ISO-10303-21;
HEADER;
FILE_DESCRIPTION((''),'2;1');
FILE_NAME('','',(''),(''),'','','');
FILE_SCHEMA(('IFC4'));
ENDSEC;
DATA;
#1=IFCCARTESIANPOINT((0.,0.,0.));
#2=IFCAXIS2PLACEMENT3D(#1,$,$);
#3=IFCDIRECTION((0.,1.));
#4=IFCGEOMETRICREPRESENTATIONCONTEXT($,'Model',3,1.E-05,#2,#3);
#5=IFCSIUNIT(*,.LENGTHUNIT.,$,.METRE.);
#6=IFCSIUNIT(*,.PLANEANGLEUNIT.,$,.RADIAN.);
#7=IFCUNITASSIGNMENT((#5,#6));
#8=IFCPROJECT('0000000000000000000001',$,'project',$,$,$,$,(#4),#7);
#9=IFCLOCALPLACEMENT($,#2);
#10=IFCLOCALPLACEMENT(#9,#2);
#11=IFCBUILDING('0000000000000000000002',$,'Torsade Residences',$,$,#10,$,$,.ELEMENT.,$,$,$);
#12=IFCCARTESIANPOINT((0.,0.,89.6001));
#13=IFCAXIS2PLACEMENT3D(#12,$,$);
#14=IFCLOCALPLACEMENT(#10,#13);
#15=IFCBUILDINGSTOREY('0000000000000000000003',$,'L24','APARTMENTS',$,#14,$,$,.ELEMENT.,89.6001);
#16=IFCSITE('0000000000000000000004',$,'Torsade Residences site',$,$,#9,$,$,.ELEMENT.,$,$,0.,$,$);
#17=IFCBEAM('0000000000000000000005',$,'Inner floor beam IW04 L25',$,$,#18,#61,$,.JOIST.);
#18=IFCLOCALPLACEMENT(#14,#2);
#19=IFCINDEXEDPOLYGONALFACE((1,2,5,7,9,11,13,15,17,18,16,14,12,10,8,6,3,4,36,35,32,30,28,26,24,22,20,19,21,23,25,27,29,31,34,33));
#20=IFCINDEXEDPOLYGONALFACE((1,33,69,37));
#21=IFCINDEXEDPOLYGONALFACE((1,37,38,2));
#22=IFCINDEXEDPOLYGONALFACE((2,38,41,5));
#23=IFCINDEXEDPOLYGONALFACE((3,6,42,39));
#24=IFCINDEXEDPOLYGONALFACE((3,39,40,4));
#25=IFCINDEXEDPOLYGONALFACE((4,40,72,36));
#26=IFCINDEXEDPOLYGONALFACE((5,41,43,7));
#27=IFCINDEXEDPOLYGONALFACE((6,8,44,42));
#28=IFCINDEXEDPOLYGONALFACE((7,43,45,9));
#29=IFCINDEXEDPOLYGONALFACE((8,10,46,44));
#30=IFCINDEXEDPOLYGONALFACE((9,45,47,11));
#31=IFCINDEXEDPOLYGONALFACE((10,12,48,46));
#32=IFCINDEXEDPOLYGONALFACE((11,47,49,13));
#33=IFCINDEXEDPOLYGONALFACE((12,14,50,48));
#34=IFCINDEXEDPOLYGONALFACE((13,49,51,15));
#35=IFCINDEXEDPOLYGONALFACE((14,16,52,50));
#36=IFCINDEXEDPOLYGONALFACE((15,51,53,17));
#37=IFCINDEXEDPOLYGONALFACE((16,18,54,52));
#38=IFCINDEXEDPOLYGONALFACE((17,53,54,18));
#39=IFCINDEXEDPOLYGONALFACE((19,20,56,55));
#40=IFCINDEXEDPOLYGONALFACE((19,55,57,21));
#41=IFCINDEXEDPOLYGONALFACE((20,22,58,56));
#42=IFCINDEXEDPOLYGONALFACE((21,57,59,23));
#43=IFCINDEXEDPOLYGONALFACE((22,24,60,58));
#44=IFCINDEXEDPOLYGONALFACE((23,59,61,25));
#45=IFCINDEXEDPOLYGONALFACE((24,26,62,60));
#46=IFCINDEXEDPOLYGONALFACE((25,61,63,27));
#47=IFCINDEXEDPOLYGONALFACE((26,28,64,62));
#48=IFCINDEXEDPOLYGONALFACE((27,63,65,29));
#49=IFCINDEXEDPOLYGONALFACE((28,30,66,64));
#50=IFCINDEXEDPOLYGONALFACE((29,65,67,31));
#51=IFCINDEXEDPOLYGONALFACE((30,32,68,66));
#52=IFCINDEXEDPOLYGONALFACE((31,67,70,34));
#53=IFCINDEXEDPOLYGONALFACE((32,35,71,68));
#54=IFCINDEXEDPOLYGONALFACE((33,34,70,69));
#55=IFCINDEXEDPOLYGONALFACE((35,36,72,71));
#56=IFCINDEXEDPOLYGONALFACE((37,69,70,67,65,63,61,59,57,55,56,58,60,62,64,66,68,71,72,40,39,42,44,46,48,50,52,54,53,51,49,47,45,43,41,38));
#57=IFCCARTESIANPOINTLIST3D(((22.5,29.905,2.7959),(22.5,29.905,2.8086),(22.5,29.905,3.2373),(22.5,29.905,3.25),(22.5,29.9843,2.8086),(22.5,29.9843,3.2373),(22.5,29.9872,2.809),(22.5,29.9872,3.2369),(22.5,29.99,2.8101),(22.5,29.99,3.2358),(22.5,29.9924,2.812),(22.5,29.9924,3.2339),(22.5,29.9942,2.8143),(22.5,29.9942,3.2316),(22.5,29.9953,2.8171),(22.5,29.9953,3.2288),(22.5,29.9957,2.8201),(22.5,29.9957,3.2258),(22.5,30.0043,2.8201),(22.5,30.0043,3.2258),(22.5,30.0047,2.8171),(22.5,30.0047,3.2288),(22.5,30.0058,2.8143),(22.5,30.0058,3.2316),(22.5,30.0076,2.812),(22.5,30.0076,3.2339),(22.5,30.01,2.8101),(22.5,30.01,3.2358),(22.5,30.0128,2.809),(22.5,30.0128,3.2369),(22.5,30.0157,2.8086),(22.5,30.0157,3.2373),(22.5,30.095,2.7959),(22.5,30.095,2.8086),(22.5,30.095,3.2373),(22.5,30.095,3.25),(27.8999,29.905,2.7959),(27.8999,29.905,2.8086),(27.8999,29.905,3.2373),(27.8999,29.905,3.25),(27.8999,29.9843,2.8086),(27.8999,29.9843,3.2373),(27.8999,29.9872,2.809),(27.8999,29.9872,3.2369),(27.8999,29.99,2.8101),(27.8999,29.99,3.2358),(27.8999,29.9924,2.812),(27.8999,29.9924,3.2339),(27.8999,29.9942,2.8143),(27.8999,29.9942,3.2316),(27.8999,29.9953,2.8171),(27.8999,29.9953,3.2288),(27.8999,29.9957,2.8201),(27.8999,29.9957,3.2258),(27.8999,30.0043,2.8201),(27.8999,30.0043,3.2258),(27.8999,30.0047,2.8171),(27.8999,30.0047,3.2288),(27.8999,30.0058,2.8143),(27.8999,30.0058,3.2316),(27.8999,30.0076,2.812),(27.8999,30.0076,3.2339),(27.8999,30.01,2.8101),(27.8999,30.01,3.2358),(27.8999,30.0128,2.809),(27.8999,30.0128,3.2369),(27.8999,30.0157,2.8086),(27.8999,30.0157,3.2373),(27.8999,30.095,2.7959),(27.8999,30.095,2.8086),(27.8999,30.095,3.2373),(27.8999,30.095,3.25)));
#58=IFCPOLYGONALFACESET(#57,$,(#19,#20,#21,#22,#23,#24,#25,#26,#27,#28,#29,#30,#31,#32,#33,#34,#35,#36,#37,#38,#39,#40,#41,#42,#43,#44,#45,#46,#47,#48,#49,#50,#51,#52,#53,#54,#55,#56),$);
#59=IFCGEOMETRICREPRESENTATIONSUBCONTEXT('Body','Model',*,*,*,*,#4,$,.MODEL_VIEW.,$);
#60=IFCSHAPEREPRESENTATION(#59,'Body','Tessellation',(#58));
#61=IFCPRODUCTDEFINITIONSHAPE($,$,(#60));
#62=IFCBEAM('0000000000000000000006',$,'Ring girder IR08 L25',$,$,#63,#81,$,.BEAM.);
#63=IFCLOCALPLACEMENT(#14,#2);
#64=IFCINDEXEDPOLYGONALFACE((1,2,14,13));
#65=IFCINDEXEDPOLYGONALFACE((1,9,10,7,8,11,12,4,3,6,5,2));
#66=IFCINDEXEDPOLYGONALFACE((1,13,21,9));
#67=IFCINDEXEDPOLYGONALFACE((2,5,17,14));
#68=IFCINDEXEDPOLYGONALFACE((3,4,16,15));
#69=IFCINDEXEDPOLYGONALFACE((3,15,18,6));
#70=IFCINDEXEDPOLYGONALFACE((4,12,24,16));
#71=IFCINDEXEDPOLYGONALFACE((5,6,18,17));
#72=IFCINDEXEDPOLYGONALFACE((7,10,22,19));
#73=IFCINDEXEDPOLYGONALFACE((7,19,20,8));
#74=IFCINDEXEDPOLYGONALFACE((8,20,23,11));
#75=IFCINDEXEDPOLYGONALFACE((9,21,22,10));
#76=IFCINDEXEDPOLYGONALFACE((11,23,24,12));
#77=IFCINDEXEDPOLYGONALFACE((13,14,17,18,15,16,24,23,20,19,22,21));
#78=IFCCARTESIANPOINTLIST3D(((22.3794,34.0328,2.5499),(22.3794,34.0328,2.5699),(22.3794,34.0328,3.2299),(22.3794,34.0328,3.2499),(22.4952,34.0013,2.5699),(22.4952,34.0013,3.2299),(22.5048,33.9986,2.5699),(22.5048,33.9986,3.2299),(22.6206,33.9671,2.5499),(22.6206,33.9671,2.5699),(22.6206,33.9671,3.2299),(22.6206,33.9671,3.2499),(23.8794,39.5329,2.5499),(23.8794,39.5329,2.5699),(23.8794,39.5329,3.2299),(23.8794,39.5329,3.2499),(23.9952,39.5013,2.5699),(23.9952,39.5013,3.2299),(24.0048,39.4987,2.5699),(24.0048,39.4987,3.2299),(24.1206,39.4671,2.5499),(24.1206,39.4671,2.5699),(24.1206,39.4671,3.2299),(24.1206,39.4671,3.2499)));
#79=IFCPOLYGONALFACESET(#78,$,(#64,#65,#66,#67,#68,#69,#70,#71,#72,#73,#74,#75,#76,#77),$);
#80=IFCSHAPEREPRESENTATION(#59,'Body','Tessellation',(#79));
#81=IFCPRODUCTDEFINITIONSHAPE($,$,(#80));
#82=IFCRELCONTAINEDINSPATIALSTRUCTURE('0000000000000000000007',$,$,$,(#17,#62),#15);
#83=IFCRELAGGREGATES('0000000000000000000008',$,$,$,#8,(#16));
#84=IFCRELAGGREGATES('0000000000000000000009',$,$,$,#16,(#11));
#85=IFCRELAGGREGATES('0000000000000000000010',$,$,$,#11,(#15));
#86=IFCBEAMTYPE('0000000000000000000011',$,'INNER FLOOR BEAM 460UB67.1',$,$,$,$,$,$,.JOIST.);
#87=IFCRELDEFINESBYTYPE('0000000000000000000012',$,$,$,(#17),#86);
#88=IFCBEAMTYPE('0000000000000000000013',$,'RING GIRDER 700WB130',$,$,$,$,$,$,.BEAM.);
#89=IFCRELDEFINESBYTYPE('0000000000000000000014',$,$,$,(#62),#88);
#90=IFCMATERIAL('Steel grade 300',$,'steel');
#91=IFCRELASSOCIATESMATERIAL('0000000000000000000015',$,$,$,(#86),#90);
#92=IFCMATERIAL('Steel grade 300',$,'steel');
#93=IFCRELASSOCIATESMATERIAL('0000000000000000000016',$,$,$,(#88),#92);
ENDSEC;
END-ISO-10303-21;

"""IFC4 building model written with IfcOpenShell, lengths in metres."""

from ifc_helpers import new_model, si_unit, direction, frame, origin, origin_2d, place, context, subcontext, project, spatial, i_section, extrude, material, material_profile, profile_set, type_object, element, save


model = new_model("IFC4")

# Units and contexts
model_context = context("Model", 3, precision=1e-05, world=origin(), true_north=direction((0.0, 1.0)))
body_context = subcontext(model_context, "Body", "Model", "MODEL_VIEW")
ifc_project = project(units=[si_unit("LENGTHUNIT", "METRE"), si_unit("PLANEANGLEUNIT", "RADIAN")], contexts=[model_context])

# Site, building, storey
site_placement = place(None, origin())
site = spatial("IfcSite", under=ifc_project, at=site_placement, Name="Torsade Residences site", CompositionType="ELEMENT", RefElevation=0.0)
building_placement = place(site_placement, origin())
building = spatial("IfcBuilding", under=site, at=building_placement, Name="Torsade Residences", CompositionType="ELEMENT")
storey_placement = place(building_placement, frame((0.0, 0.0, 89.6001)))
storey = spatial("IfcBuildingStorey", under=building, at=storey_placement, Name="L24", Description="APARTMENTS", CompositionType="ELEMENT", Elevation=89.6001)

# Beams
ifc_material_1 = material(Name="Steel grade 300", Category="steel")
ifc_material_profile_1 = material_profile(ifc_material_1, i_section(OverallWidth=0.1899, OverallDepth=0.4541, WebThickness=0.0085, FlangeThickness=0.0127, FilletRadius=0.0115, at=origin_2d()), Name="460UB67.1")
ifc_profile_set_1 = profile_set([ifc_material_profile_1], Name="Steel grade 300")
beam_type_1 = type_object("IfcBeamType", Name="INNER FLOOR BEAM 460UB67.1", PredefinedType="JOIST", material=ifc_profile_set_1)
for number, where, z_axis, x_axis, name in (
    (1, (27.8999, 30.0, 3.0229), (-1.0, 0.0, 0.0), (0.0, -1.0, 0.0), "Inner floor beam IW04 L25"),
):
    element("IfcBeam", number, at=place(storey_placement, frame(where, z_axis=z_axis, x_axis=x_axis)), inside=storey, type_object=beam_type_1, Name=name, PredefinedType="JOIST", context=body_context, shape_type="SweptSolid", body=[
        extrude(i_section(OverallWidth=0.1899, OverallDepth=0.4541, WebThickness=0.0085, FlangeThickness=0.0127, FilletRadius=0.0115, at=origin_2d()), origin(), (0.0, 0.0, 1.0), 5.3999),
    ])
ifc_material_2 = material(Name="Steel grade 300", Category="steel")
ifc_material_profile_2 = material_profile(ifc_material_2, i_section(OverallWidth=0.25, OverallDepth=0.7, WebThickness=0.01, FlangeThickness=0.02, at=origin_2d()), Name="700WB130")
ifc_profile_set_2 = profile_set([ifc_material_profile_2], Name="Steel grade 300")
beam_type_2 = type_object("IfcBeamType", Name="RING GIRDER 700WB130", PredefinedType="BEAM", material=ifc_profile_set_2)
beam_1_placement = place(storey_placement, frame((24.0, 39.5, 2.8999), z_axis=(-0.263117, -0.964764, 0.0), x_axis=(0.964764, -0.263117, 0.0)))
element("IfcBeam", 2, at=beam_1_placement, inside=storey, type_object=beam_type_2, Name="Ring girder IR08 L25", PredefinedType="BEAM", context=body_context, shape_type="SweptSolid", body=[
    extrude(i_section(OverallWidth=0.25, OverallDepth=0.7, WebThickness=0.01, FlangeThickness=0.02, at=origin_2d()), origin(), (0.0, 0.0, 1.0), 5.7009),
])

save(model, "model.ifc")
